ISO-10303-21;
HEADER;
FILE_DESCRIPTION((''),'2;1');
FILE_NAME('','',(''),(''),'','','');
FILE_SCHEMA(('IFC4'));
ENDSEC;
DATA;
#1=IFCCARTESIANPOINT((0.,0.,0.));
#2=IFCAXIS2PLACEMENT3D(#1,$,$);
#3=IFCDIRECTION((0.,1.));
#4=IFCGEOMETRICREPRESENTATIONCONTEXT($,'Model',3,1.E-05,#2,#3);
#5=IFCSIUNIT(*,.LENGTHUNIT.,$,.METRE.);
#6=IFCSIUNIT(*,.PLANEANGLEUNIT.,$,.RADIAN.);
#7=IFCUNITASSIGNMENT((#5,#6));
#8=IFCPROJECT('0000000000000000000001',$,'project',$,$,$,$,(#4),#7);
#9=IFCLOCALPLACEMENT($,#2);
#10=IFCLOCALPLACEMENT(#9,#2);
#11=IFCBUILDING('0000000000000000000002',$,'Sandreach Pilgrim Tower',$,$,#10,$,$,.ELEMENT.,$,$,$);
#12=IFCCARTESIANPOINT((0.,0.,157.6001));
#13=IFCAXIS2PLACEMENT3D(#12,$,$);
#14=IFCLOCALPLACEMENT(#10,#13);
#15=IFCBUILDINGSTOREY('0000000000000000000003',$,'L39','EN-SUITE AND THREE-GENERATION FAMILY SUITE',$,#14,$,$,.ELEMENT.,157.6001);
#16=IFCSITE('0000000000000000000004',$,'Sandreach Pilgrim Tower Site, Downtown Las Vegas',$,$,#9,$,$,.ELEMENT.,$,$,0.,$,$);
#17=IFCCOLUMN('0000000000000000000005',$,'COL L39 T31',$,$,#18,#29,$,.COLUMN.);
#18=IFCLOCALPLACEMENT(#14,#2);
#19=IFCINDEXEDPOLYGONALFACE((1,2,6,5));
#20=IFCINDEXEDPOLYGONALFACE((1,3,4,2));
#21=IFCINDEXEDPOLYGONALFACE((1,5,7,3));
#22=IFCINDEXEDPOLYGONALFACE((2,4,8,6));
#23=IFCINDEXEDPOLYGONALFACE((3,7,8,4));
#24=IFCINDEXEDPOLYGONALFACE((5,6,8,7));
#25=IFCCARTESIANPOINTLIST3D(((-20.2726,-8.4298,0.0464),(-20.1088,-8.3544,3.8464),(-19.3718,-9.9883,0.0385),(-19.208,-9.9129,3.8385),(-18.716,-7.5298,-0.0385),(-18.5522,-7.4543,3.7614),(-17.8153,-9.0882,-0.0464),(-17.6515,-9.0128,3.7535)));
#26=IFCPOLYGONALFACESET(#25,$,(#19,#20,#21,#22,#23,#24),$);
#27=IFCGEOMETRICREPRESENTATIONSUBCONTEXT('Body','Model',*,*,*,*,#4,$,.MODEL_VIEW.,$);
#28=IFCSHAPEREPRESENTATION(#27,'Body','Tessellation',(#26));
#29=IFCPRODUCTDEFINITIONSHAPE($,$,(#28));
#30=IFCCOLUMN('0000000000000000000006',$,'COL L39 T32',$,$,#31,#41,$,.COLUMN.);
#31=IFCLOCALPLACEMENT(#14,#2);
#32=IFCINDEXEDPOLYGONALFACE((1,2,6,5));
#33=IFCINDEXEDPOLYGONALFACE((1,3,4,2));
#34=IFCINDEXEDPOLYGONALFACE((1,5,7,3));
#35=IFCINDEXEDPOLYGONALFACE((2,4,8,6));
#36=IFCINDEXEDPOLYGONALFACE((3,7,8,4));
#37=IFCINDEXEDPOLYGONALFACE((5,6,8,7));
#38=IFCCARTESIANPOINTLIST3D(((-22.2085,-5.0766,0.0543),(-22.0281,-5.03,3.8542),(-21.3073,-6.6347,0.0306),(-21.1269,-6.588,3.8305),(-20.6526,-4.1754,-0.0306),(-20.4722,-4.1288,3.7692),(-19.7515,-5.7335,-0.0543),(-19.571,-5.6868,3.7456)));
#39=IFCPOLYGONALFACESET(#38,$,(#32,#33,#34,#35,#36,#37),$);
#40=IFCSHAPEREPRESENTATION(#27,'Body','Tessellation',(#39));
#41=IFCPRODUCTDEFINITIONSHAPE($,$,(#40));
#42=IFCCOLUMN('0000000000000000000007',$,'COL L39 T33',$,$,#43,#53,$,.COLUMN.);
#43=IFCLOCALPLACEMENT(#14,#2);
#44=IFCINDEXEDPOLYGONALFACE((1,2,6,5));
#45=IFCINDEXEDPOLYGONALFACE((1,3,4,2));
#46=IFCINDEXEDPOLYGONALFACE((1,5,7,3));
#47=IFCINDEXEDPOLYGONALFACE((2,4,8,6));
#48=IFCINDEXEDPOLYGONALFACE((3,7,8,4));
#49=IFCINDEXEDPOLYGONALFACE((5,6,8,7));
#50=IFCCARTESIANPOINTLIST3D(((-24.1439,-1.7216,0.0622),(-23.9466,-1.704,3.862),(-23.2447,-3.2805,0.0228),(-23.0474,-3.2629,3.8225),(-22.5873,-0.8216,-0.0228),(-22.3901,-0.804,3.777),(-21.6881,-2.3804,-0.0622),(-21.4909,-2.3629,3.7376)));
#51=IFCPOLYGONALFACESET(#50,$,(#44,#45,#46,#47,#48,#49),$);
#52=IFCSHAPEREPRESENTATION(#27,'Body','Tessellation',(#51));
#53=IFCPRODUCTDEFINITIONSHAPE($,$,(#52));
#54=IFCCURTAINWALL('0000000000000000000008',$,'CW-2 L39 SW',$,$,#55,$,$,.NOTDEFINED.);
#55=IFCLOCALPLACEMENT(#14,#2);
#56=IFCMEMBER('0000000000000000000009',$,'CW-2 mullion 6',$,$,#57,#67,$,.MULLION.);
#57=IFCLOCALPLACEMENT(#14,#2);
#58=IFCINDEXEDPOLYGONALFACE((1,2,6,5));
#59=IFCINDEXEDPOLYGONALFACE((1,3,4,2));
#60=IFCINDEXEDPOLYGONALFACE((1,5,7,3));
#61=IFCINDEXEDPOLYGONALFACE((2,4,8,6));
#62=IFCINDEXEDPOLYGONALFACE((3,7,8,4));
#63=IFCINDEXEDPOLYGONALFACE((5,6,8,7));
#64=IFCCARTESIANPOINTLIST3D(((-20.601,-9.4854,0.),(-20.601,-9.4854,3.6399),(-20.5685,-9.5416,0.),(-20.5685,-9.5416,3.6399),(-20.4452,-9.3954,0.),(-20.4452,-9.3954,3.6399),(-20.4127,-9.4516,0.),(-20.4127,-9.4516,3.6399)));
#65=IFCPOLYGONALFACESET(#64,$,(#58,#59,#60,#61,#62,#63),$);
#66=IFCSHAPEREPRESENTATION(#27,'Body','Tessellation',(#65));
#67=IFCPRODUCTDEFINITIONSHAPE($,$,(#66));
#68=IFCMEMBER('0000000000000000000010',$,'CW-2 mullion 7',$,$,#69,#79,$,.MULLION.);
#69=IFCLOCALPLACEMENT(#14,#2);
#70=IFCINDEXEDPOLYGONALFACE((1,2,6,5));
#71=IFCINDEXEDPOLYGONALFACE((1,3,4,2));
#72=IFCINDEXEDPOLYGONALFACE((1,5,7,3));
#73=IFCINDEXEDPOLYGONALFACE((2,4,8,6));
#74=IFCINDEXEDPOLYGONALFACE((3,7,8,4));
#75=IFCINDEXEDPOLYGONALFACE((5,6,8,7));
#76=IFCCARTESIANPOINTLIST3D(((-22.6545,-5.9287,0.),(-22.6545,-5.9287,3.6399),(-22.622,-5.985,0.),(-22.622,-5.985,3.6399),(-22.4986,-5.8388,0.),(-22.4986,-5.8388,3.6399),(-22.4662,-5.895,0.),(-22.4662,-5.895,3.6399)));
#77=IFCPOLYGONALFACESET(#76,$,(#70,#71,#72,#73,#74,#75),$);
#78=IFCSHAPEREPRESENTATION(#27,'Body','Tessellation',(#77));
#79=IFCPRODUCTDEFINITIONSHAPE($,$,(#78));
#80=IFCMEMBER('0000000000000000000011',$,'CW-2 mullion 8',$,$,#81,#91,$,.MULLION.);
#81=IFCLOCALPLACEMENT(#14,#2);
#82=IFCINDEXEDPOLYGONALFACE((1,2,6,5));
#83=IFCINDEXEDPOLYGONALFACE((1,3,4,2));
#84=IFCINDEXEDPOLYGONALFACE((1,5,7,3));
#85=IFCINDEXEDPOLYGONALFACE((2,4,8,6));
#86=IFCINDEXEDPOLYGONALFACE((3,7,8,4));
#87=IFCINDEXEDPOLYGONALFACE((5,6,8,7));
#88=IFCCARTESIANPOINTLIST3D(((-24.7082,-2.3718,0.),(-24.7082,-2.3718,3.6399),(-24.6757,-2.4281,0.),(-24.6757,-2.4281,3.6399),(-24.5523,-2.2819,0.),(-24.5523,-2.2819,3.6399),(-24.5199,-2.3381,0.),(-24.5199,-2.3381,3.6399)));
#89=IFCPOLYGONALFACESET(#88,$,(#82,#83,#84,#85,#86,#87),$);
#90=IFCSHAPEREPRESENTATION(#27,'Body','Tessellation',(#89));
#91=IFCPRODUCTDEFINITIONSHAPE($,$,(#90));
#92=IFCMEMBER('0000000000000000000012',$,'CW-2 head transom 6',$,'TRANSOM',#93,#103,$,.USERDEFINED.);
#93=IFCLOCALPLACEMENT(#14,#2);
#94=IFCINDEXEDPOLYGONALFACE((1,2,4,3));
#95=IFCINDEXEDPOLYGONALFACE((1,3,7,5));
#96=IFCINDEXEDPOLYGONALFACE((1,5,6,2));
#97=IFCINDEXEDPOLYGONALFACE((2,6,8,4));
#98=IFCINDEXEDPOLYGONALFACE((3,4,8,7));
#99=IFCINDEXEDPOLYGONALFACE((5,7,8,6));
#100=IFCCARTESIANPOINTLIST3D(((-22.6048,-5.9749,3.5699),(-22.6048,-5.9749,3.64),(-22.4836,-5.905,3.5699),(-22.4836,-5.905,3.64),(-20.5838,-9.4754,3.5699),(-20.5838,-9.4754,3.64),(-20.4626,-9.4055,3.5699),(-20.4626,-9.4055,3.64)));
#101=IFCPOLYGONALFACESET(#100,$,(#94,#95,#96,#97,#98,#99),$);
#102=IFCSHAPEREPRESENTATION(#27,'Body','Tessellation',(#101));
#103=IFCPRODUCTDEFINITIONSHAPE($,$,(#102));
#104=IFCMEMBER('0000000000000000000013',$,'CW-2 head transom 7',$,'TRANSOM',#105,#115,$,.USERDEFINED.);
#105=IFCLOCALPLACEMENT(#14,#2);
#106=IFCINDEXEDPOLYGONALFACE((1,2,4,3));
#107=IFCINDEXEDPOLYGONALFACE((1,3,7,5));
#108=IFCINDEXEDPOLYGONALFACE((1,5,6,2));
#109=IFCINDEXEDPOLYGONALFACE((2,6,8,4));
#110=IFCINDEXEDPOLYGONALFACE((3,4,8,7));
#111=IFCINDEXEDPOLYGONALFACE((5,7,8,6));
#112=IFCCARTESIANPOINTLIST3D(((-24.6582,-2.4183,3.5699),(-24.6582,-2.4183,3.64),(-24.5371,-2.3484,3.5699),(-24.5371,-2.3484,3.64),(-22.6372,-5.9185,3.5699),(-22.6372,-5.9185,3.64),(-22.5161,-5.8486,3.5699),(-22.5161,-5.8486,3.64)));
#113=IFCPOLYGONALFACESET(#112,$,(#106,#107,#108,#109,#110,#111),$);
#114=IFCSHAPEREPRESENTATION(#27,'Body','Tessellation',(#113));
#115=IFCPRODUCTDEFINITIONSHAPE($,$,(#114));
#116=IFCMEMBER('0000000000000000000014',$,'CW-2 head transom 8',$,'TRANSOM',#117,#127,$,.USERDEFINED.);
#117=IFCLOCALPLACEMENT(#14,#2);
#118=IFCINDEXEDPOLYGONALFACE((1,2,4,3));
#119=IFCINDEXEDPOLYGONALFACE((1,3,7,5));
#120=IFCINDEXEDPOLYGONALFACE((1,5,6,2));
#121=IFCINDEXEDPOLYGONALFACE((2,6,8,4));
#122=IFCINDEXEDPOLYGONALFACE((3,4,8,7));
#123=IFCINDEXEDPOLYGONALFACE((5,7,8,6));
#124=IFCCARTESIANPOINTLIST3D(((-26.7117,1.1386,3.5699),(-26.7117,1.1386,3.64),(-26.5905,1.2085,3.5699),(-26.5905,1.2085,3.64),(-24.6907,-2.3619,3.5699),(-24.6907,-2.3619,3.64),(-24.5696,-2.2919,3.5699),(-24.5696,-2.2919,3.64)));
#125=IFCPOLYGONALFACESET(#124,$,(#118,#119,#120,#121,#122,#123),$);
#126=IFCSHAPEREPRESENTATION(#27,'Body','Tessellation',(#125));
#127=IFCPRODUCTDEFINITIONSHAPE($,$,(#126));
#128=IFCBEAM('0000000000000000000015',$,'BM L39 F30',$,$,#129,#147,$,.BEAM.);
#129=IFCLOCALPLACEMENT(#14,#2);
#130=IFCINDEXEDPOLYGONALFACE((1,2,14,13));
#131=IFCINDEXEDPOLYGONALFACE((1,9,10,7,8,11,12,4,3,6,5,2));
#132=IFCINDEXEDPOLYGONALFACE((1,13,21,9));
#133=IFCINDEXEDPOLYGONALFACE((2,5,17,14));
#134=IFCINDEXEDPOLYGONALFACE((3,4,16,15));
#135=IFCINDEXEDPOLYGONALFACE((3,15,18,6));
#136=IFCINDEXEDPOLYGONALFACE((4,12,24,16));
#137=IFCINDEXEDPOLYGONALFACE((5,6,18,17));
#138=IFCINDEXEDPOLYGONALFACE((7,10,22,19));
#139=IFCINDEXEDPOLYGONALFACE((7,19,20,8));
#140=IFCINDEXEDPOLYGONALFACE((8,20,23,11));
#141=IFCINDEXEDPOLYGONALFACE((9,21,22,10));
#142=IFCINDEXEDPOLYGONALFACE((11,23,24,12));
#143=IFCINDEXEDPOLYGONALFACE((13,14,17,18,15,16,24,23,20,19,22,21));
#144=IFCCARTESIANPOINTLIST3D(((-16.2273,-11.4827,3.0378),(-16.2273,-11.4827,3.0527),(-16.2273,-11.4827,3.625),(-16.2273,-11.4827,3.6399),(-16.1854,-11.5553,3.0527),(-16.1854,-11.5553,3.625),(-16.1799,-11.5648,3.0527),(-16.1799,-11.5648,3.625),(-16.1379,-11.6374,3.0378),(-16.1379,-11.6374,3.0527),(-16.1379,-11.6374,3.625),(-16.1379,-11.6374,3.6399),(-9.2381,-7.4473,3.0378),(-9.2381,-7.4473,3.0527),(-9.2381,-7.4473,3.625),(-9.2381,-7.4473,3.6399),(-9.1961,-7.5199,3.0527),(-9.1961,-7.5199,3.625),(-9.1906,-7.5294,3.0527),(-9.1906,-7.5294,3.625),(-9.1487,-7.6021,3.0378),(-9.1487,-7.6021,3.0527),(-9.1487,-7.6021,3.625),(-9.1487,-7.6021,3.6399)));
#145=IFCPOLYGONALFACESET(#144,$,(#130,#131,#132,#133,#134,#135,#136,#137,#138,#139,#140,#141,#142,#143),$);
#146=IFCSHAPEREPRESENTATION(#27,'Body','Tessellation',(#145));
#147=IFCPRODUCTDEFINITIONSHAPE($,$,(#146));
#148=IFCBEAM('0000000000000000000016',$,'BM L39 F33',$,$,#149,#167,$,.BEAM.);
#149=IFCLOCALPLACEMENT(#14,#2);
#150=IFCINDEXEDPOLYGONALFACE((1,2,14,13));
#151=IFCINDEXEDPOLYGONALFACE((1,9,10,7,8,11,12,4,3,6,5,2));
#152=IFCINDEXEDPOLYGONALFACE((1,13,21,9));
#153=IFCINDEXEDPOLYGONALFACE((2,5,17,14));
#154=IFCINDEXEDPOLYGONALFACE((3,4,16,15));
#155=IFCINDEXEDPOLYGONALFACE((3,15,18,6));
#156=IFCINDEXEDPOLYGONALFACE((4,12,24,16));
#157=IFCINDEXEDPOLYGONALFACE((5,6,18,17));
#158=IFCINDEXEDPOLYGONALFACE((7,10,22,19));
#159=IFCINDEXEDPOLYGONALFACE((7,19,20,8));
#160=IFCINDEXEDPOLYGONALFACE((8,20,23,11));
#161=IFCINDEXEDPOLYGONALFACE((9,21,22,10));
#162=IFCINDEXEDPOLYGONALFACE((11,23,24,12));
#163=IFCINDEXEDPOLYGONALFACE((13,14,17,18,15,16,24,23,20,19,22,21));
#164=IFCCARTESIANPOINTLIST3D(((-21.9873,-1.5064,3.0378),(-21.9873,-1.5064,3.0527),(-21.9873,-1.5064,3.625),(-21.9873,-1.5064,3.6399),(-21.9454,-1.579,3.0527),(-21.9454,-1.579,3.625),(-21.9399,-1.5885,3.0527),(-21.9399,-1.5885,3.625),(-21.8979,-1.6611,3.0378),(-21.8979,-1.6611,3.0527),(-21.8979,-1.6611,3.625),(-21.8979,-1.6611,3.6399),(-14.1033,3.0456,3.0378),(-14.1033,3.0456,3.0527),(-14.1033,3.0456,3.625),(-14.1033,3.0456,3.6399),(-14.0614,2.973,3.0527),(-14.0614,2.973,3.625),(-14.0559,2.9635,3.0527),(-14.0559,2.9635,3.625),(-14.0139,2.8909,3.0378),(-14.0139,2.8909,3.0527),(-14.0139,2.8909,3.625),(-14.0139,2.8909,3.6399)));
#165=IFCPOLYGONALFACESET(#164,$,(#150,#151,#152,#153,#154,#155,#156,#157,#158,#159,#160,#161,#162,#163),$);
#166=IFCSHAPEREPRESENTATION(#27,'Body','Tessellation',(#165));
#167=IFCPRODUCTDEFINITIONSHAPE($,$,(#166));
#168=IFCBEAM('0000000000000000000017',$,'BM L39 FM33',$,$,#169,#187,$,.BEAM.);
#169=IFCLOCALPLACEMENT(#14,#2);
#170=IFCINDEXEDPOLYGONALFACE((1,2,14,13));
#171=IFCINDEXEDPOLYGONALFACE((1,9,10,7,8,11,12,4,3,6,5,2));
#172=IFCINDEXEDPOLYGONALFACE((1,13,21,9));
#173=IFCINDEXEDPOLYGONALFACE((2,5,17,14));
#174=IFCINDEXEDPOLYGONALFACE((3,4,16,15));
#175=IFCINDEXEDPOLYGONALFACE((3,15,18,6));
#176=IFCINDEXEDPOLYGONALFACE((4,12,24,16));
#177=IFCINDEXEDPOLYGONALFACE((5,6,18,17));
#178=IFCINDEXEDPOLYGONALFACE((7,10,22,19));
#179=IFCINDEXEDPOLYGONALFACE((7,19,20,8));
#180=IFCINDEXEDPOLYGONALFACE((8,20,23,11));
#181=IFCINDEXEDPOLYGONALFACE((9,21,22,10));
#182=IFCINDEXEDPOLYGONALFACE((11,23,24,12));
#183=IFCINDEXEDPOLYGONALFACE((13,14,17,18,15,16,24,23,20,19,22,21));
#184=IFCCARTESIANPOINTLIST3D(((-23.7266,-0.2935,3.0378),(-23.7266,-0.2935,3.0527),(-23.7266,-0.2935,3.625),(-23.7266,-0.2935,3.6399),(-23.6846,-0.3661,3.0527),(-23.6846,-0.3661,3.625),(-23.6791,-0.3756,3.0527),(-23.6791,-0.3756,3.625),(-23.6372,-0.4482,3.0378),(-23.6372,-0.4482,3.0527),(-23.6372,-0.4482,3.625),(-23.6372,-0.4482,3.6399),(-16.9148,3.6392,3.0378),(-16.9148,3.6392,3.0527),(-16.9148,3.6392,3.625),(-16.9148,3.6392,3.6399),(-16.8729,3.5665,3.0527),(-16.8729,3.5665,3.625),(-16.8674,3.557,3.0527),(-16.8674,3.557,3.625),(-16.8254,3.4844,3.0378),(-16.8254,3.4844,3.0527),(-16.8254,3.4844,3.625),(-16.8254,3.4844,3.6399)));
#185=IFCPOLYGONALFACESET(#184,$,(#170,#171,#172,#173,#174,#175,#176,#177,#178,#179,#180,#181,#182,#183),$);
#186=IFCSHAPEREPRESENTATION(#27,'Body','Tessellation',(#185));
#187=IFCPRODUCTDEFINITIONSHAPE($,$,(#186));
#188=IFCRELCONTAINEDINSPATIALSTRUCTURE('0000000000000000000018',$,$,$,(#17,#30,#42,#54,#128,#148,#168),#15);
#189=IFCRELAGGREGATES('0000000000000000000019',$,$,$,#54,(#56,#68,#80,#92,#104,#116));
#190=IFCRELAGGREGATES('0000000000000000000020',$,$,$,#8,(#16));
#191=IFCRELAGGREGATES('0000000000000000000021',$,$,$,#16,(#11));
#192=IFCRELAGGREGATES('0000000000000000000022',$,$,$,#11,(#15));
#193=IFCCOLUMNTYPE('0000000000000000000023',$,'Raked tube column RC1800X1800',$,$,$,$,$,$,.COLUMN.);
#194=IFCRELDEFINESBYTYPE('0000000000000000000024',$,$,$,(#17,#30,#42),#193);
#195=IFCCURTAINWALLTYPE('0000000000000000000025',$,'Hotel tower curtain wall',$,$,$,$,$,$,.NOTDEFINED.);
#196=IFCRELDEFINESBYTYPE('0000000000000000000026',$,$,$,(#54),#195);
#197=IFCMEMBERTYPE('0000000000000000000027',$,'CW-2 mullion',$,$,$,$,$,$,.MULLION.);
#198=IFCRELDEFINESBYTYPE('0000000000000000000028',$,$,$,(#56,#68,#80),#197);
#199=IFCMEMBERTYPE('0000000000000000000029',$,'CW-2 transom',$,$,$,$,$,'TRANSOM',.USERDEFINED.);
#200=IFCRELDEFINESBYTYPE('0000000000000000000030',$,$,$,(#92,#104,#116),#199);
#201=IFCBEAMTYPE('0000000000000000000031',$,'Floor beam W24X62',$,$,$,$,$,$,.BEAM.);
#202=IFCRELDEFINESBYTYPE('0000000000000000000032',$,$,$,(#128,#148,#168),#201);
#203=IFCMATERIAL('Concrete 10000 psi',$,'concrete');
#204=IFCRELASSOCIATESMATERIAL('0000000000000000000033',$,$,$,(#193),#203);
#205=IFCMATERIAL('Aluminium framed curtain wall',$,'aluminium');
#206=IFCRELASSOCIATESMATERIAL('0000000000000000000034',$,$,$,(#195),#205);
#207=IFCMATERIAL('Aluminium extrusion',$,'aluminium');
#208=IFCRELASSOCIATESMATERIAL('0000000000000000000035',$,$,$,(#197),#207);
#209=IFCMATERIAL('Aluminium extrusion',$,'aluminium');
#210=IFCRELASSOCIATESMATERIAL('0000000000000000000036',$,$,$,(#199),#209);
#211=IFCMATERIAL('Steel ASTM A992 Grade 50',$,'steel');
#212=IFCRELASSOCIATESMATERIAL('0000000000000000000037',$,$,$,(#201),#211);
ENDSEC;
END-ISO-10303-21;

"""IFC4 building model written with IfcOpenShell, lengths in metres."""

from ifc_helpers import new_model, si_unit, direction, frame, origin, origin_2d, place, context, subcontext, project, spatial, rectangle, i_section, extrude, material, material_profile, profile_set, type_object, element, aggregate, save


model = new_model("IFC4")

# Units and contexts
model_context = context("Model", 3, precision=1e-05, world=origin(), true_north=direction((0.0, 1.0)))
body_context = subcontext(model_context, "Body", "Model", "MODEL_VIEW")
ifc_project = project(units=[si_unit("LENGTHUNIT", "METRE"), si_unit("PLANEANGLEUNIT", "RADIAN")], contexts=[model_context])

# Site, building, storey
site_placement = place(None, origin())
site = spatial("IfcSite", under=ifc_project, at=site_placement, Name="Sandreach Pilgrim Tower Site, Downtown Las Vegas", CompositionType="ELEMENT", RefElevation=0.0)
building_placement = place(site_placement, origin())
building = spatial("IfcBuilding", under=site, at=building_placement, Name="Sandreach Pilgrim Tower", CompositionType="ELEMENT")
storey_placement = place(building_placement, frame((0.0, 0.0, 157.6001)))
storey = spatial("IfcBuildingStorey", under=building, at=storey_placement, Name="L39", Description="EN-SUITE AND THREE-GENERATION FAMILY SUITE", CompositionType="ELEMENT", Elevation=157.6001)

# Columns
ifc_material_1 = material(Name="Concrete 10000 psi", Category="concrete")
ifc_material_profile_1 = material_profile(ifc_material_1, rectangle(XDim=1.8, YDim=1.8, at=origin_2d()), Name="RC1800X1800")
ifc_profile_set_1 = profile_set([ifc_material_profile_1], Name="Concrete 10000 psi")
column_type = type_object("IfcColumnType", Name="Raked tube column RC1800X1800", PredefinedType="COLUMN", material=ifc_profile_set_1)
column_1_placement = place(storey_placement, frame((-19.0439, -8.759, 0.0), z_axis=(0.043064, 0.019831, 0.998875), x_axis=(-0.864722, -0.500027, 0.047207)))
element("IfcColumn", 1, at=column_1_placement, inside=storey, type_object=column_type, Name="COL L39 T31", PredefinedType="COLUMN", context=body_context, shape_type="SweptSolid", body=[
    extrude(rectangle(XDim=1.8, YDim=1.8, at=origin_2d()), origin(), (0.0, 0.0, 1.0), 3.8042),
])
column_2_placement = place(storey_placement, frame((-20.98, -5.405, 0.0), z_axis=(0.047424, 0.012257, 0.9988), x_axis=(-0.86436, -0.500656, 0.047185)))
element("IfcColumn", 2, at=column_2_placement, inside=storey, type_object=column_type, Name="COL L39 T32", PredefinedType="COLUMN", context=body_context, shape_type="SweptSolid", body=[
    extrude(rectangle(XDim=1.8, YDim=1.8, at=origin_2d()), origin(), (0.0, 0.0, 1.0), 3.8044),
])
column_3_placement = place(storey_placement, frame((-22.916, -2.051, 0.0), z_axis=(0.051844, 0.00462, 0.998644), x_axis=(-0.864737, -0.500002, 0.047206)))
element("IfcColumn", 3, at=column_3_placement, inside=storey, type_object=column_type, Name="COL L39 T33", PredefinedType="COLUMN", context=body_context, shape_type="SweptSolid", body=[
    extrude(rectangle(XDim=1.8, YDim=1.8, at=origin_2d()), origin(), (0.0, 0.0, 1.0), 3.8049),
])

# Curtain wall, members
ifc_material_2 = material(Name="Aluminium framed curtain wall", Category="aluminium")
curtain_wall_type = type_object("IfcCurtainWallType", Name="Hotel tower curtain wall", PredefinedType="NOTDEFINED", material=ifc_material_2)
curtain_wall_placement = place(storey_placement, origin())
curtain_wall = element("IfcCurtainWall", 4, at=curtain_wall_placement, inside=storey, type_object=curtain_wall_type, Name="CW-2 L39 SW", PredefinedType="NOTDEFINED")
ifc_material_3 = material(Name="Aluminium extrusion", Category="aluminium")
ifc_material_profile_2 = material_profile(ifc_material_3, rectangle(XDim=0.0649, YDim=0.1799, at=origin_2d()), Name="CW-2M 65X180")
ifc_profile_set_2 = profile_set([ifc_material_profile_2], Name="Aluminium extrusion")
member_type_1 = type_object("IfcMemberType", Name="CW-2 mullion", PredefinedType="MULLION", material=ifc_profile_set_2)
member_1_placement = place(storey_placement, frame((-20.5068, -9.4685, 0.0), z_axis=(0.0, 0.0, 1.0), x_axis=(-0.5, 0.866025, 0.0)))
member_1 = element("IfcMember", 5, at=member_1_placement, type_object=member_type_1, Name="CW-2 mullion 6", PredefinedType="MULLION", context=body_context, shape_type="SweptSolid", body=[
    extrude(rectangle(XDim=0.0649, YDim=0.1799, at=origin_2d()), origin(), (0.0, 0.0, 1.0), 3.6399),
])
member_2_placement = place(storey_placement, frame((-22.5603, -5.9119, 0.0), z_axis=(0.0, 0.0, 1.0), x_axis=(-0.5, 0.866025, 0.0)))
member_2 = element("IfcMember", 6, at=member_2_placement, type_object=member_type_1, Name="CW-2 mullion 7", PredefinedType="MULLION", context=body_context, shape_type="SweptSolid", body=[
    extrude(rectangle(XDim=0.0649, YDim=0.1799, at=origin_2d()), origin(), (0.0, 0.0, 1.0), 3.6399),
])
member_3_placement = place(storey_placement, frame((-24.614, -2.355, 0.0), z_axis=(0.0, 0.0, 1.0), x_axis=(-0.5, 0.866025, 0.0)))
member_3 = element("IfcMember", 7, at=member_3_placement, type_object=member_type_1, Name="CW-2 mullion 8", PredefinedType="MULLION", context=body_context, shape_type="SweptSolid", body=[
    extrude(rectangle(XDim=0.0649, YDim=0.1799, at=origin_2d()), origin(), (0.0, 0.0, 1.0), 3.6399),
])
ifc_material_4 = material(Name="Aluminium extrusion", Category="aluminium")
ifc_material_profile_3 = material_profile(ifc_material_4, rectangle(XDim=0.1399, YDim=0.0701, at=origin_2d()), Name="CW-2T 140X70")
ifc_profile_set_3 = profile_set([ifc_material_profile_3], Name="Aluminium extrusion")
member_type_2 = type_object("IfcMemberType", Name="CW-2 transom", ElementType="TRANSOM", PredefinedType="USERDEFINED", material=ifc_profile_set_3)
member_4_placement = place(storey_placement, frame((-20.5232, -9.4404, 3.605), z_axis=(-0.499998, 0.866027, 0.0), x_axis=(-0.866027, -0.499998, 0.0)))
member_4 = element("IfcMember", 8, at=member_4_placement, type_object=member_type_2, Name="CW-2 head transom 6", ObjectType="TRANSOM", PredefinedType="USERDEFINED", context=body_context, shape_type="SweptSolid", body=[
    extrude(rectangle(XDim=0.1399, YDim=0.0701, at=origin_2d()), origin(), (0.0, 0.0, 1.0), 4.042),
])
member_5_placement = place(storey_placement, frame((-22.5767, -5.8835, 3.605), z_axis=(-0.500024, 0.866012, 0.0), x_axis=(-0.866012, -0.500024, 0.0)))
member_5 = element("IfcMember", 9, at=member_5_placement, type_object=member_type_2, Name="CW-2 head transom 7", ObjectType="TRANSOM", PredefinedType="USERDEFINED", context=body_context, shape_type="SweptSolid", body=[
    extrude(rectangle(XDim=0.1399, YDim=0.0701, at=origin_2d()), origin(), (0.0, 0.0, 1.0), 4.0417),
])
member_6_placement = place(storey_placement, frame((-24.6301, -2.3269, 3.605), z_axis=(-0.499998, 0.866027, 0.0), x_axis=(-0.866027, -0.499998, 0.0)))
member_6 = element("IfcMember", 10, at=member_6_placement, type_object=member_type_2, Name="CW-2 head transom 8", ObjectType="TRANSOM", PredefinedType="USERDEFINED", context=body_context, shape_type="SweptSolid", body=[
    extrude(rectangle(XDim=0.1399, YDim=0.0701, at=origin_2d()), origin(), (0.0, 0.0, 1.0), 4.042),
])

# Beams
ifc_material_5 = material(Name="Steel ASTM A992 Grade 50", Category="steel")
ifc_material_profile_4 = material_profile(ifc_material_5, i_section(OverallWidth=0.1787, OverallDepth=0.6021, WebThickness=0.011, FlangeThickness=0.0149, at=origin_2d()), Name="W24X62")
ifc_profile_set_4 = profile_set([ifc_material_profile_4], Name="Steel ASTM A992 Grade 50")
beam_type_1 = type_object("IfcBeamType", Name="Floor beam W24X62", PredefinedType="BEAM", material=ifc_profile_set_4)
beam_1_placement = place(storey_placement, frame((-16.1826, -11.5601, 3.3389), z_axis=(0.866017, 0.500014, 0.0), x_axis=(-0.500014, 0.866017, 0.0)))
element("IfcBeam", 11, at=beam_1_placement, inside=storey, type_object=beam_type_1, Name="BM L39 F30", PredefinedType="BEAM", context=body_context, shape_type="SweptSolid", body=[
    extrude(i_section(OverallWidth=0.1787, OverallDepth=0.6021, WebThickness=0.011, FlangeThickness=0.0149, at=origin_2d()), origin(), (0.0, 0.0, 1.0), 8.0706),
])
beam_2_placement = place(storey_placement, frame((-21.9426, -1.5837, 3.3389), z_axis=(0.866018, 0.500013, 0.0), x_axis=(-0.500013, 0.866018, 0.0)))
element("IfcBeam", 12, at=beam_2_placement, inside=storey, type_object=beam_type_1, Name="BM L39 F33", PredefinedType="BEAM", context=body_context, shape_type="SweptSolid", body=[
    extrude(i_section(OverallWidth=0.1787, OverallDepth=0.6021, WebThickness=0.011, FlangeThickness=0.0149, at=origin_2d()), origin(), (0.0, 0.0, 1.0), 9.1038),
])
beam_3_placement = place(storey_placement, frame((-23.6819, -0.3708, 3.3389), z_axis=(0.866034, 0.499985, 0.0), x_axis=(-0.499985, 0.866034, 0.0)))
element("IfcBeam", 13, at=beam_3_placement, inside=storey, type_object=beam_type_1, Name="BM L39 FM33", PredefinedType="BEAM", context=body_context, shape_type="SweptSolid", body=[
    extrude(i_section(OverallWidth=0.1787, OverallDepth=0.6021, WebThickness=0.011, FlangeThickness=0.0149, at=origin_2d()), origin(), (0.0, 0.0, 1.0), 7.8655),
])

aggregate(curtain_wall, [member_1, member_2, member_3, member_4, member_5, member_6])

save(model, "model.ifc")
